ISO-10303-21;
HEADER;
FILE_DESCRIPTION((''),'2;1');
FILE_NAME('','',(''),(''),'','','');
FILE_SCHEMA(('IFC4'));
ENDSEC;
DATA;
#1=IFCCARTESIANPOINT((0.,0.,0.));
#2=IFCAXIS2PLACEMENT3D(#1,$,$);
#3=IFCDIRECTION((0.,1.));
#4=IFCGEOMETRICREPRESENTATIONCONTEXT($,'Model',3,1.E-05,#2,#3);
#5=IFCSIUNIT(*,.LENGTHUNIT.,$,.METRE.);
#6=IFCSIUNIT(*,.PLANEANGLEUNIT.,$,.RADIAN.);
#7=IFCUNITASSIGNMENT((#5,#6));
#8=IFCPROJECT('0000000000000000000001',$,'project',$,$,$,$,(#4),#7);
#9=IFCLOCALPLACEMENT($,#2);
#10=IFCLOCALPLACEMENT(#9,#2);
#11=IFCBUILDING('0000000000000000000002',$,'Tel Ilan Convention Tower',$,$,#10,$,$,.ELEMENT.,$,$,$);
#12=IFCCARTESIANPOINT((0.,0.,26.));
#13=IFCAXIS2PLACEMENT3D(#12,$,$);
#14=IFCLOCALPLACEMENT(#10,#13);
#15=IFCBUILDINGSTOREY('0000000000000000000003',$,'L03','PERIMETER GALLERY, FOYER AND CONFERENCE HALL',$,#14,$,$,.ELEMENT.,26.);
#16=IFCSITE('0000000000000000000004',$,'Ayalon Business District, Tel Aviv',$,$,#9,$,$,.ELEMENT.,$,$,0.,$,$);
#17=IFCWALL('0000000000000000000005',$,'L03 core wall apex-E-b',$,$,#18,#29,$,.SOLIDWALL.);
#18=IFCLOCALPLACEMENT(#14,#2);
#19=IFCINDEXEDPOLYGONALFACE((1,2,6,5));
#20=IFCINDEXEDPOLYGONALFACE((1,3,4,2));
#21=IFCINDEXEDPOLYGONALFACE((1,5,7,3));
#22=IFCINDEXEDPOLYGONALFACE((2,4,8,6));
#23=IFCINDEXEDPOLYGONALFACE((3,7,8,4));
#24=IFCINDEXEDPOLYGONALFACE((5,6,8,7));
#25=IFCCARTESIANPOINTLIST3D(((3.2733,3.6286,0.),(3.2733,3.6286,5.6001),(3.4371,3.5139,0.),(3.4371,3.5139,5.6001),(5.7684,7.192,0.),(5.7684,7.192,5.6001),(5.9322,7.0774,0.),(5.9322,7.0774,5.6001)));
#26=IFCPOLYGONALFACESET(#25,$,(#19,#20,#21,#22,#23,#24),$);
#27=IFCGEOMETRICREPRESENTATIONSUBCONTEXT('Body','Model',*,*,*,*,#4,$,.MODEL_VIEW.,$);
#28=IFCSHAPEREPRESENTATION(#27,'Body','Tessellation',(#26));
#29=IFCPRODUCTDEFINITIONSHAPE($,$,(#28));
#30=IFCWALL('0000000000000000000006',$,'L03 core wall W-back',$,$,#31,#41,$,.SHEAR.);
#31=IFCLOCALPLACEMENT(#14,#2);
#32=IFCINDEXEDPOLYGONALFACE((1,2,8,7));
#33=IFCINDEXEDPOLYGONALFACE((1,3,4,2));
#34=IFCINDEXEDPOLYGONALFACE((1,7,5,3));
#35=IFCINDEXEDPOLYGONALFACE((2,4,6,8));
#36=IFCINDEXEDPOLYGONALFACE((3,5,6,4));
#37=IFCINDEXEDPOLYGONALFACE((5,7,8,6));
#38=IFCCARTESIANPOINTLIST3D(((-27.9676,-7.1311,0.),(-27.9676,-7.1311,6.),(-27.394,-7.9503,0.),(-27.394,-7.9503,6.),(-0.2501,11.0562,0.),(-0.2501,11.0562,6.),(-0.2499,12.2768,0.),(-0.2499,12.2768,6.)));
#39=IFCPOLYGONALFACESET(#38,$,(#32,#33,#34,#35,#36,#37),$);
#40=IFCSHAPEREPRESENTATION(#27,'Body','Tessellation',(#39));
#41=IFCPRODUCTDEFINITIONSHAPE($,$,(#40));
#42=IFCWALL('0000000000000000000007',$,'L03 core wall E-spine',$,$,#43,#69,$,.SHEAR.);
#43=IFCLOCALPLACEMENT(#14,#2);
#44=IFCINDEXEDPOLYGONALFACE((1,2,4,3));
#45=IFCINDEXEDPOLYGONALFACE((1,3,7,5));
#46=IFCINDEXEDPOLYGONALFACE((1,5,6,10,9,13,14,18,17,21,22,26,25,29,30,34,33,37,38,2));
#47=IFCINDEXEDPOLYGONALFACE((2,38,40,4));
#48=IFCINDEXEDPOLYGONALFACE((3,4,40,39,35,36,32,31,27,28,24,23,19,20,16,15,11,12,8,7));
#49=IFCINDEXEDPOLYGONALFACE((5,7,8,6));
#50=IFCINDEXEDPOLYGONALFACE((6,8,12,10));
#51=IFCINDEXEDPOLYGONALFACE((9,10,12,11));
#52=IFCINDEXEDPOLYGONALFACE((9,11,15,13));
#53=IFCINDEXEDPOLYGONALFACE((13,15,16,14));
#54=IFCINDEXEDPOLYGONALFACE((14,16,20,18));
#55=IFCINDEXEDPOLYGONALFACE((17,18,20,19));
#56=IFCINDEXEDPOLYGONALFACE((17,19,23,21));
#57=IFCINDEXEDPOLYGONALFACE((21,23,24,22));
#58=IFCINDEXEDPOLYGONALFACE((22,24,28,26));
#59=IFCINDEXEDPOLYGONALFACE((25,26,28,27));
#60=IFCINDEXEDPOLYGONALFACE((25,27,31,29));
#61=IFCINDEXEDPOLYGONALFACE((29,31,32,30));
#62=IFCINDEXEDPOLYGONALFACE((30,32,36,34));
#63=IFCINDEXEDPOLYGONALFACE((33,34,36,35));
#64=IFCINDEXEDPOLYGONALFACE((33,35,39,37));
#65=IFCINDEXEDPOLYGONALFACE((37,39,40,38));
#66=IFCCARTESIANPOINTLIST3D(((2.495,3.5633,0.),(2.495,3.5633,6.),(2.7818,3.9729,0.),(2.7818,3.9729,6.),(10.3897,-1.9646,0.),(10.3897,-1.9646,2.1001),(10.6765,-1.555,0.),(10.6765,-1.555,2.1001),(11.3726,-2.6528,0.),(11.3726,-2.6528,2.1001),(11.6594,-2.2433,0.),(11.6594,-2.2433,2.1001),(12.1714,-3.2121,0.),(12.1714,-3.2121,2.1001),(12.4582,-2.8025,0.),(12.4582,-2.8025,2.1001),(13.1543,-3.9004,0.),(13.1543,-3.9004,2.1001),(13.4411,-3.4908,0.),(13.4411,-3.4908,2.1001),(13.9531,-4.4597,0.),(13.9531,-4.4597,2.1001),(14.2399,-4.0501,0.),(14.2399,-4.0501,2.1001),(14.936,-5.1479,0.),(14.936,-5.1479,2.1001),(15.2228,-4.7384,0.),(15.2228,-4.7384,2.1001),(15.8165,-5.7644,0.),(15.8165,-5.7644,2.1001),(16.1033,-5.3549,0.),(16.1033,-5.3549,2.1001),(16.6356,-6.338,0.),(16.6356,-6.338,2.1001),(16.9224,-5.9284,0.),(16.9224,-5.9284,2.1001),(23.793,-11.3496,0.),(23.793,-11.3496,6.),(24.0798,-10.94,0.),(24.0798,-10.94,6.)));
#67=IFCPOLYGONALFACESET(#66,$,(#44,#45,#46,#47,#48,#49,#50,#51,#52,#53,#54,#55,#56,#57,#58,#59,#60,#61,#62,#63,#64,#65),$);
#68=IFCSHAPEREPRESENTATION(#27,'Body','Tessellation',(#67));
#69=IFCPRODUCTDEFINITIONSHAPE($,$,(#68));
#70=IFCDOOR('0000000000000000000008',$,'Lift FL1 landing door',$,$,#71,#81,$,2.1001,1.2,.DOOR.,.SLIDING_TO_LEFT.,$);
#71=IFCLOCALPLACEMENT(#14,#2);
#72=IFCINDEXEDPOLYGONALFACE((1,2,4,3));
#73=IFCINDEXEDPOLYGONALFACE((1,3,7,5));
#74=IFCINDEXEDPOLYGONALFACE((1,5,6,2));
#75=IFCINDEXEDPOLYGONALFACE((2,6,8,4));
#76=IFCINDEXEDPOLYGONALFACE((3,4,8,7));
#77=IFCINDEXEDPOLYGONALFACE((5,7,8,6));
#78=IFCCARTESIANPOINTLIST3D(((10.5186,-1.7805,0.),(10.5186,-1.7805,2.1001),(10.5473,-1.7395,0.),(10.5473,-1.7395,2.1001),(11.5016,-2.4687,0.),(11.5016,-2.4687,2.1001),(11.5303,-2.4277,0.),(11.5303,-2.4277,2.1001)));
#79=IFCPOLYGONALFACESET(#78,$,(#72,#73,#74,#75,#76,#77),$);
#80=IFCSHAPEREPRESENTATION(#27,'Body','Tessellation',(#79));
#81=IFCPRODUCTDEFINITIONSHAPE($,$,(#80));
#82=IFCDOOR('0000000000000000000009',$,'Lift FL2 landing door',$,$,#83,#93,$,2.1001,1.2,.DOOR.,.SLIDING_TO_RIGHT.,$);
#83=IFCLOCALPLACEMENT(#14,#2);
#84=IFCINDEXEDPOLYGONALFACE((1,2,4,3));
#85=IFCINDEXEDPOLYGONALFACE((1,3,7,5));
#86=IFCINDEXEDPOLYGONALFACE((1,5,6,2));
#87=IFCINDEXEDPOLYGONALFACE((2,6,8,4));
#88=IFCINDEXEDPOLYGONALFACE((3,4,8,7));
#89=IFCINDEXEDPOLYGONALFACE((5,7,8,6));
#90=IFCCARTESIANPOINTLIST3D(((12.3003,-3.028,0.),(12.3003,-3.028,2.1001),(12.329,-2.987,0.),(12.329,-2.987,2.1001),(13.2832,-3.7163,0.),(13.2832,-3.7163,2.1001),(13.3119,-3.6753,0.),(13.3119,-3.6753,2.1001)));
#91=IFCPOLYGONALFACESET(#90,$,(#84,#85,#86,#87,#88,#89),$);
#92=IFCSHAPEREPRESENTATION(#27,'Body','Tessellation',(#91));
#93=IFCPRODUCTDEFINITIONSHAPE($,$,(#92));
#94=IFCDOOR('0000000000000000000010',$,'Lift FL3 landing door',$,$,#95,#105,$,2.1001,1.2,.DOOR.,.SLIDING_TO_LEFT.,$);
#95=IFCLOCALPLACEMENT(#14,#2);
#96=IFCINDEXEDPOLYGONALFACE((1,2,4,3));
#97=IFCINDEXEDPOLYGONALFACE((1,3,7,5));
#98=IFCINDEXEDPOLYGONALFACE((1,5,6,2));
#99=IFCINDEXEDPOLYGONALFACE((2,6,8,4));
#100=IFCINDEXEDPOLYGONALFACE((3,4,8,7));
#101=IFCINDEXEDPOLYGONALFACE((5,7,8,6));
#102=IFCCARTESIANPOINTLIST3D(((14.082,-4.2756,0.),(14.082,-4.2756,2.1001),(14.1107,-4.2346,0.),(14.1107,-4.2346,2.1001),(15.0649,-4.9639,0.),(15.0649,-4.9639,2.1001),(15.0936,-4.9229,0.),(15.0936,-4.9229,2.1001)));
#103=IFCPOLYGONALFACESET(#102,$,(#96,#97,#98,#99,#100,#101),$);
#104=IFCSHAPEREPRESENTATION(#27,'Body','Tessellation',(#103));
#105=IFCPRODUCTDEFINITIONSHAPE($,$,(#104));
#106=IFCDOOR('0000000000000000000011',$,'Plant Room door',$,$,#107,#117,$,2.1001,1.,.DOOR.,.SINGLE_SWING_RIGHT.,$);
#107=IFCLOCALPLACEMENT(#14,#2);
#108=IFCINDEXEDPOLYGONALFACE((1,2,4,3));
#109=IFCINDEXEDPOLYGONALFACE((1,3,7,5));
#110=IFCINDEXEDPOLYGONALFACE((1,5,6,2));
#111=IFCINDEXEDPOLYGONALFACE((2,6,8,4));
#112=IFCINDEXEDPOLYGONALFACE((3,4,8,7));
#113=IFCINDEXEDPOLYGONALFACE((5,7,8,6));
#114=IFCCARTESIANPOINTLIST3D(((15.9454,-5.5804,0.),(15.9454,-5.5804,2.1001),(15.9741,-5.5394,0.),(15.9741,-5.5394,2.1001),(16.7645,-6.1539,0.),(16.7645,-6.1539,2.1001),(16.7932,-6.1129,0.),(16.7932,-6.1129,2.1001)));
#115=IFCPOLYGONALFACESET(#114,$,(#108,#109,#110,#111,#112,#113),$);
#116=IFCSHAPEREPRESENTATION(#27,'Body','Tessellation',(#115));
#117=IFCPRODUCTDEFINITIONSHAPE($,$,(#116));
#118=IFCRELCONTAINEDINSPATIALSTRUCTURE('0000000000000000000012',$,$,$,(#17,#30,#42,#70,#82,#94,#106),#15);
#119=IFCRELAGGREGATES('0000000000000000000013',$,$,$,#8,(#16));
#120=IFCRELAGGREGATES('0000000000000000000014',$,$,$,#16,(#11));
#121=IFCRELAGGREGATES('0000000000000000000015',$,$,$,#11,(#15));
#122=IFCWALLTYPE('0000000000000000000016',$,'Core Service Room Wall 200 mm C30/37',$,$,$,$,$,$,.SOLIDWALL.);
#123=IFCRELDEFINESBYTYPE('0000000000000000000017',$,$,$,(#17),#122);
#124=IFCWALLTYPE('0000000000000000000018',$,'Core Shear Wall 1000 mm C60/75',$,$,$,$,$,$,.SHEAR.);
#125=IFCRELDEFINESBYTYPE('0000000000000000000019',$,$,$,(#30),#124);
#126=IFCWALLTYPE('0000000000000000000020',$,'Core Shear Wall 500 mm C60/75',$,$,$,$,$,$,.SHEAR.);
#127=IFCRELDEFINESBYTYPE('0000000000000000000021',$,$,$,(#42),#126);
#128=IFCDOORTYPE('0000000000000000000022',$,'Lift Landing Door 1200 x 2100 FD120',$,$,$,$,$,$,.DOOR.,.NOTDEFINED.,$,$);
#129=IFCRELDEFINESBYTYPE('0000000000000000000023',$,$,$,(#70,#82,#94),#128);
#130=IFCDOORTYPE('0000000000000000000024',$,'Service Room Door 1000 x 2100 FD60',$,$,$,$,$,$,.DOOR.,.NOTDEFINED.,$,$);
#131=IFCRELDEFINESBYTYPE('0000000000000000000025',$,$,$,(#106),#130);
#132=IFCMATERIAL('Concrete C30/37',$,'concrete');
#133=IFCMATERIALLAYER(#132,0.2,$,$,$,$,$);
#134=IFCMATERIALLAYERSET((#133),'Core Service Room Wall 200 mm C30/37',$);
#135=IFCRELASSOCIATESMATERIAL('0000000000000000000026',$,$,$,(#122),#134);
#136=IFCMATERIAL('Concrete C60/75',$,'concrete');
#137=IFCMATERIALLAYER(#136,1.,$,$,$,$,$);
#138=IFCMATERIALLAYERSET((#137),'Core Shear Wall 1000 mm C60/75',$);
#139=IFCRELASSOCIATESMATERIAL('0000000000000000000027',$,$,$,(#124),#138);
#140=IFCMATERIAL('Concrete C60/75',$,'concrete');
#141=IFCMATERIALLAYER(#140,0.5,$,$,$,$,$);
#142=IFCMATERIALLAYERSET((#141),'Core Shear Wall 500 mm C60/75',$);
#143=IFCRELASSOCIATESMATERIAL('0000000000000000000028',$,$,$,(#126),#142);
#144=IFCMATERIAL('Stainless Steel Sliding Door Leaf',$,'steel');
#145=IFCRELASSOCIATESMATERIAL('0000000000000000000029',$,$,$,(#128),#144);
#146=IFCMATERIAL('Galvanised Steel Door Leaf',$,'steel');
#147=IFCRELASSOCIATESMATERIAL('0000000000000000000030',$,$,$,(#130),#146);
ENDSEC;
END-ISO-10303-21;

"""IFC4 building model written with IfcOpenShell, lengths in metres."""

from ifc_helpers import new_model, si_unit, direction, frame, frame_2d, origin, place, context, subcontext, project, spatial, polyline, rectangle, outline, extrude, material, layer, layer_set, type_object, element, fill, save


model = new_model("IFC4")

# Units and contexts
model_context = context("Model", 3, precision=1e-05, world=origin(), true_north=direction((0.0, 1.0)))
body_context = subcontext(model_context, "Body", "Model", "MODEL_VIEW")
ifc_project = project(units=[si_unit("LENGTHUNIT", "METRE"), si_unit("PLANEANGLEUNIT", "RADIAN")], contexts=[model_context])

# Site, building, storey
site_placement = place(None, origin())
site = spatial("IfcSite", under=ifc_project, at=site_placement, Name="Ayalon Business District, Tel Aviv", CompositionType="ELEMENT", RefElevation=0.0)
building_placement = place(site_placement, origin())
building = spatial("IfcBuilding", under=site, at=building_placement, Name="Tel Ilan Convention Tower", CompositionType="ELEMENT")
storey_placement = place(building_placement, frame((0.0, 0.0, 26.0)))
storey = spatial("IfcBuildingStorey", under=building, at=storey_placement, Name="L03", Description="PERIMETER GALLERY, FOYER AND CONFERENCE HALL", CompositionType="ELEMENT", Elevation=26.0)

# Walls
ifc_material_1 = material(Name="Concrete C30/37", Category="concrete")
ifc_layer_1 = layer(ifc_material_1, 0.2)
ifc_layer_set_1 = layer_set([ifc_layer_1], Name="Core Service Room Wall 200 mm C30/37")
wall_type_1 = type_object("IfcWallType", Name="Core Service Room Wall 200 mm C30/37", PredefinedType="SOLIDWALL", material=ifc_layer_set_1)
wall_1_placement = place(storey_placement, frame((3.3552, 3.5713, 0.0), z_axis=(0.0, 0.0, 1.0), x_axis=(0.573568, 0.819158, 0.0)))
element("IfcWall", 1, at=wall_1_placement, inside=storey, type_object=wall_type_1, Name="L03 core wall apex-E-b", PredefinedType="SOLIDWALL", context=body_context, shape_type="SweptSolid", body=[
    extrude(rectangle(XDim=4.3501, YDim=0.2, at=frame_2d((2.175, 0.0))), origin(), (0.0, 0.0, 1.0), 5.6001),
])
ifc_material_2 = material(Name="Concrete C60/75", Category="concrete")
ifc_layer_2 = layer(ifc_material_2, 1.0)
ifc_layer_set_2 = layer_set([ifc_layer_2], Name="Core Shear Wall 1000 mm C60/75")
wall_type_2 = type_object("IfcWallType", Name="Core Shear Wall 1000 mm C60/75", PredefinedType="SHEAR", material=ifc_layer_set_2)
wall_2_placement = place(storey_placement, frame((0.0369, 11.8672, 0.0), z_axis=(0.0, 0.0, 1.0), x_axis=(-0.819155, -0.573572, 0.0)))
element("IfcWall", 2, at=wall_2_placement, inside=storey, type_object=wall_type_2, Name="L03 core wall W-back", PredefinedType="SHEAR", context=body_context, shape_type="SweptSolid", body=[
    extrude(outline(polyline([(33.8369, 0.5), (0.7002, 0.4998), (0.0, -0.5), (33.8369, -0.5), (33.8369, 0.5)])), origin(), (0.0, 0.0, 1.0), 6.0),
])

# Wall, openings, doors
ifc_material_3 = material(Name="Concrete C60/75", Category="concrete")
ifc_layer_3 = layer(ifc_material_3, 0.5)
ifc_layer_set_3 = layer_set([ifc_layer_3], Name="Core Shear Wall 500 mm C60/75")
wall_type_3 = type_object("IfcWallType", Name="Core Shear Wall 500 mm C60/75", PredefinedType="SHEAR", material=ifc_layer_set_3)
wall_3_placement = place(storey_placement, frame((2.6384, 3.7681, 0.0), z_axis=(0.0, 0.0, 1.0), x_axis=(0.819149, -0.573581, 0.0)))
wall_3 = element("IfcWall", 3, at=wall_3_placement, inside=storey, type_object=wall_type_3, Name="L03 core wall E-spine", PredefinedType="SHEAR", context=body_context, shape_type="SweptSolid", body=[
    extrude(outline(polyline([(0.0, 0.25), (0.0, -0.25), (26.0, -0.2498), (26.0, 0.2502), (0.0, 0.25)])), origin(), (0.0, 0.0, 1.0), 6.0),
])
opening_1_placement = place(wall_3_placement, frame((9.6375, 0.0, 0.0)))
opening_1 = element("IfcOpeningElement", 4, at=opening_1_placement, cuts=wall_3, PredefinedType="OPENING", context=body_context, shape_type="SweptSolid", body=[
    extrude(rectangle(XDim=1.2, YDim=2.1001, at=frame_2d((0.6001, 1.05))), frame((0.0, 0.26, 0.0), z_axis=(0.0, -1.0, 0.0), x_axis=(1.0, 0.0, 0.0)), (0.0, 0.0, 1.0), 0.52),
])
opening_2_placement = place(wall_3_placement, frame((11.8125, 0.0, 0.0)))
opening_2 = element("IfcOpeningElement", 5, at=opening_2_placement, cuts=wall_3, PredefinedType="OPENING", context=body_context, shape_type="SweptSolid", body=[
    extrude(rectangle(XDim=1.2, YDim=2.1001, at=frame_2d((0.6001, 1.05))), frame((0.0, 0.26, 0.0), z_axis=(0.0, -1.0, 0.0), x_axis=(1.0, 0.0, 0.0)), (0.0, 0.0, 1.0), 0.52),
])
opening_3_placement = place(wall_3_placement, frame((13.9875, 0.0, 0.0)))
opening_3 = element("IfcOpeningElement", 6, at=opening_3_placement, cuts=wall_3, PredefinedType="OPENING", context=body_context, shape_type="SweptSolid", body=[
    extrude(rectangle(XDim=1.2, YDim=2.1001, at=frame_2d((0.6001, 1.05))), frame((0.0, 0.26, 0.0), z_axis=(0.0, -1.0, 0.0), x_axis=(1.0, 0.0, 0.0)), (0.0, 0.0, 1.0), 0.52),
])
opening_4_placement = place(wall_3_placement, frame((16.2625, 0.0, 0.0)))
opening_4 = element("IfcOpeningElement", 7, at=opening_4_placement, cuts=wall_3, PredefinedType="OPENING", context=body_context, shape_type="SweptSolid", body=[
    extrude(rectangle(XDim=1.0, YDim=2.1001, at=frame_2d((0.5, 1.05))), frame((0.0, 0.26, 0.0), z_axis=(0.0, -1.0, 0.0), x_axis=(1.0, 0.0, 0.0)), (0.0, 0.0, 1.0), 0.52),
])
ifc_material_4 = material(Name="Stainless Steel Sliding Door Leaf", Category="steel")
door_type_1 = type_object("IfcDoorType", Name="Lift Landing Door 1200 x 2100 FD120", OperationType="NOTDEFINED", PredefinedType="DOOR", material=ifc_material_4)
door_1_placement = place(opening_1_placement, origin())
door_1 = element("IfcDoor", 8, at=door_1_placement, inside=storey, type_object=door_type_1, Name="Lift FL1 landing door", OperationType="SLIDING_TO_LEFT", OverallHeight=2.1001, OverallWidth=1.2, PredefinedType="DOOR", context=body_context, shape_type="SweptSolid", body=[
    extrude(rectangle(XDim=1.2, YDim=2.1001, at=frame_2d((0.6001, 1.05))), frame((0.0, 0.0249, 0.0), z_axis=(0.0, -1.0, 0.0), x_axis=(1.0, 0.0, 0.0)), (0.0, 0.0, 1.0), 0.05),
])
fill(opening_1, door_1)
door_2_placement = place(opening_2_placement, origin())
door_2 = element("IfcDoor", 9, at=door_2_placement, inside=storey, type_object=door_type_1, Name="Lift FL2 landing door", OperationType="SLIDING_TO_RIGHT", OverallHeight=2.1001, OverallWidth=1.2, PredefinedType="DOOR", context=body_context, shape_type="SweptSolid", body=[
    extrude(rectangle(XDim=1.2, YDim=2.1001, at=frame_2d((0.6001, 1.05))), frame((0.0, 0.0249, 0.0), z_axis=(0.0, -1.0, 0.0), x_axis=(1.0, 0.0, 0.0)), (0.0, 0.0, 1.0), 0.05),
])
fill(opening_2, door_2)
door_3_placement = place(opening_3_placement, origin())
door_3 = element("IfcDoor", 10, at=door_3_placement, inside=storey, type_object=door_type_1, Name="Lift FL3 landing door", OperationType="SLIDING_TO_LEFT", OverallHeight=2.1001, OverallWidth=1.2, PredefinedType="DOOR", context=body_context, shape_type="SweptSolid", body=[
    extrude(rectangle(XDim=1.2, YDim=2.1001, at=frame_2d((0.6001, 1.05))), frame((0.0, 0.0249, 0.0), z_axis=(0.0, -1.0, 0.0), x_axis=(1.0, 0.0, 0.0)), (0.0, 0.0, 1.0), 0.05),
])
fill(opening_3, door_3)
ifc_material_5 = material(Name="Galvanised Steel Door Leaf", Category="steel")
door_type_2 = type_object("IfcDoorType", Name="Service Room Door 1000 x 2100 FD60", OperationType="NOTDEFINED", PredefinedType="DOOR", material=ifc_material_5)
door_4_placement = place(opening_4_placement, origin())
door_4 = element("IfcDoor", 11, at=door_4_placement, inside=storey, type_object=door_type_2, Name="Plant Room door", OperationType="SINGLE_SWING_RIGHT", OverallHeight=2.1001, OverallWidth=1.0, PredefinedType="DOOR", context=body_context, shape_type="SweptSolid", body=[
    extrude(rectangle(XDim=1.0, YDim=2.1001, at=frame_2d((0.5, 1.05))), frame((0.0, 0.0249, 0.0), z_axis=(0.0, -1.0, 0.0), x_axis=(1.0, 0.0, 0.0)), (0.0, 0.0, 1.0), 0.05),
])
fill(opening_4, door_4)

save(model, "model.ifc")
